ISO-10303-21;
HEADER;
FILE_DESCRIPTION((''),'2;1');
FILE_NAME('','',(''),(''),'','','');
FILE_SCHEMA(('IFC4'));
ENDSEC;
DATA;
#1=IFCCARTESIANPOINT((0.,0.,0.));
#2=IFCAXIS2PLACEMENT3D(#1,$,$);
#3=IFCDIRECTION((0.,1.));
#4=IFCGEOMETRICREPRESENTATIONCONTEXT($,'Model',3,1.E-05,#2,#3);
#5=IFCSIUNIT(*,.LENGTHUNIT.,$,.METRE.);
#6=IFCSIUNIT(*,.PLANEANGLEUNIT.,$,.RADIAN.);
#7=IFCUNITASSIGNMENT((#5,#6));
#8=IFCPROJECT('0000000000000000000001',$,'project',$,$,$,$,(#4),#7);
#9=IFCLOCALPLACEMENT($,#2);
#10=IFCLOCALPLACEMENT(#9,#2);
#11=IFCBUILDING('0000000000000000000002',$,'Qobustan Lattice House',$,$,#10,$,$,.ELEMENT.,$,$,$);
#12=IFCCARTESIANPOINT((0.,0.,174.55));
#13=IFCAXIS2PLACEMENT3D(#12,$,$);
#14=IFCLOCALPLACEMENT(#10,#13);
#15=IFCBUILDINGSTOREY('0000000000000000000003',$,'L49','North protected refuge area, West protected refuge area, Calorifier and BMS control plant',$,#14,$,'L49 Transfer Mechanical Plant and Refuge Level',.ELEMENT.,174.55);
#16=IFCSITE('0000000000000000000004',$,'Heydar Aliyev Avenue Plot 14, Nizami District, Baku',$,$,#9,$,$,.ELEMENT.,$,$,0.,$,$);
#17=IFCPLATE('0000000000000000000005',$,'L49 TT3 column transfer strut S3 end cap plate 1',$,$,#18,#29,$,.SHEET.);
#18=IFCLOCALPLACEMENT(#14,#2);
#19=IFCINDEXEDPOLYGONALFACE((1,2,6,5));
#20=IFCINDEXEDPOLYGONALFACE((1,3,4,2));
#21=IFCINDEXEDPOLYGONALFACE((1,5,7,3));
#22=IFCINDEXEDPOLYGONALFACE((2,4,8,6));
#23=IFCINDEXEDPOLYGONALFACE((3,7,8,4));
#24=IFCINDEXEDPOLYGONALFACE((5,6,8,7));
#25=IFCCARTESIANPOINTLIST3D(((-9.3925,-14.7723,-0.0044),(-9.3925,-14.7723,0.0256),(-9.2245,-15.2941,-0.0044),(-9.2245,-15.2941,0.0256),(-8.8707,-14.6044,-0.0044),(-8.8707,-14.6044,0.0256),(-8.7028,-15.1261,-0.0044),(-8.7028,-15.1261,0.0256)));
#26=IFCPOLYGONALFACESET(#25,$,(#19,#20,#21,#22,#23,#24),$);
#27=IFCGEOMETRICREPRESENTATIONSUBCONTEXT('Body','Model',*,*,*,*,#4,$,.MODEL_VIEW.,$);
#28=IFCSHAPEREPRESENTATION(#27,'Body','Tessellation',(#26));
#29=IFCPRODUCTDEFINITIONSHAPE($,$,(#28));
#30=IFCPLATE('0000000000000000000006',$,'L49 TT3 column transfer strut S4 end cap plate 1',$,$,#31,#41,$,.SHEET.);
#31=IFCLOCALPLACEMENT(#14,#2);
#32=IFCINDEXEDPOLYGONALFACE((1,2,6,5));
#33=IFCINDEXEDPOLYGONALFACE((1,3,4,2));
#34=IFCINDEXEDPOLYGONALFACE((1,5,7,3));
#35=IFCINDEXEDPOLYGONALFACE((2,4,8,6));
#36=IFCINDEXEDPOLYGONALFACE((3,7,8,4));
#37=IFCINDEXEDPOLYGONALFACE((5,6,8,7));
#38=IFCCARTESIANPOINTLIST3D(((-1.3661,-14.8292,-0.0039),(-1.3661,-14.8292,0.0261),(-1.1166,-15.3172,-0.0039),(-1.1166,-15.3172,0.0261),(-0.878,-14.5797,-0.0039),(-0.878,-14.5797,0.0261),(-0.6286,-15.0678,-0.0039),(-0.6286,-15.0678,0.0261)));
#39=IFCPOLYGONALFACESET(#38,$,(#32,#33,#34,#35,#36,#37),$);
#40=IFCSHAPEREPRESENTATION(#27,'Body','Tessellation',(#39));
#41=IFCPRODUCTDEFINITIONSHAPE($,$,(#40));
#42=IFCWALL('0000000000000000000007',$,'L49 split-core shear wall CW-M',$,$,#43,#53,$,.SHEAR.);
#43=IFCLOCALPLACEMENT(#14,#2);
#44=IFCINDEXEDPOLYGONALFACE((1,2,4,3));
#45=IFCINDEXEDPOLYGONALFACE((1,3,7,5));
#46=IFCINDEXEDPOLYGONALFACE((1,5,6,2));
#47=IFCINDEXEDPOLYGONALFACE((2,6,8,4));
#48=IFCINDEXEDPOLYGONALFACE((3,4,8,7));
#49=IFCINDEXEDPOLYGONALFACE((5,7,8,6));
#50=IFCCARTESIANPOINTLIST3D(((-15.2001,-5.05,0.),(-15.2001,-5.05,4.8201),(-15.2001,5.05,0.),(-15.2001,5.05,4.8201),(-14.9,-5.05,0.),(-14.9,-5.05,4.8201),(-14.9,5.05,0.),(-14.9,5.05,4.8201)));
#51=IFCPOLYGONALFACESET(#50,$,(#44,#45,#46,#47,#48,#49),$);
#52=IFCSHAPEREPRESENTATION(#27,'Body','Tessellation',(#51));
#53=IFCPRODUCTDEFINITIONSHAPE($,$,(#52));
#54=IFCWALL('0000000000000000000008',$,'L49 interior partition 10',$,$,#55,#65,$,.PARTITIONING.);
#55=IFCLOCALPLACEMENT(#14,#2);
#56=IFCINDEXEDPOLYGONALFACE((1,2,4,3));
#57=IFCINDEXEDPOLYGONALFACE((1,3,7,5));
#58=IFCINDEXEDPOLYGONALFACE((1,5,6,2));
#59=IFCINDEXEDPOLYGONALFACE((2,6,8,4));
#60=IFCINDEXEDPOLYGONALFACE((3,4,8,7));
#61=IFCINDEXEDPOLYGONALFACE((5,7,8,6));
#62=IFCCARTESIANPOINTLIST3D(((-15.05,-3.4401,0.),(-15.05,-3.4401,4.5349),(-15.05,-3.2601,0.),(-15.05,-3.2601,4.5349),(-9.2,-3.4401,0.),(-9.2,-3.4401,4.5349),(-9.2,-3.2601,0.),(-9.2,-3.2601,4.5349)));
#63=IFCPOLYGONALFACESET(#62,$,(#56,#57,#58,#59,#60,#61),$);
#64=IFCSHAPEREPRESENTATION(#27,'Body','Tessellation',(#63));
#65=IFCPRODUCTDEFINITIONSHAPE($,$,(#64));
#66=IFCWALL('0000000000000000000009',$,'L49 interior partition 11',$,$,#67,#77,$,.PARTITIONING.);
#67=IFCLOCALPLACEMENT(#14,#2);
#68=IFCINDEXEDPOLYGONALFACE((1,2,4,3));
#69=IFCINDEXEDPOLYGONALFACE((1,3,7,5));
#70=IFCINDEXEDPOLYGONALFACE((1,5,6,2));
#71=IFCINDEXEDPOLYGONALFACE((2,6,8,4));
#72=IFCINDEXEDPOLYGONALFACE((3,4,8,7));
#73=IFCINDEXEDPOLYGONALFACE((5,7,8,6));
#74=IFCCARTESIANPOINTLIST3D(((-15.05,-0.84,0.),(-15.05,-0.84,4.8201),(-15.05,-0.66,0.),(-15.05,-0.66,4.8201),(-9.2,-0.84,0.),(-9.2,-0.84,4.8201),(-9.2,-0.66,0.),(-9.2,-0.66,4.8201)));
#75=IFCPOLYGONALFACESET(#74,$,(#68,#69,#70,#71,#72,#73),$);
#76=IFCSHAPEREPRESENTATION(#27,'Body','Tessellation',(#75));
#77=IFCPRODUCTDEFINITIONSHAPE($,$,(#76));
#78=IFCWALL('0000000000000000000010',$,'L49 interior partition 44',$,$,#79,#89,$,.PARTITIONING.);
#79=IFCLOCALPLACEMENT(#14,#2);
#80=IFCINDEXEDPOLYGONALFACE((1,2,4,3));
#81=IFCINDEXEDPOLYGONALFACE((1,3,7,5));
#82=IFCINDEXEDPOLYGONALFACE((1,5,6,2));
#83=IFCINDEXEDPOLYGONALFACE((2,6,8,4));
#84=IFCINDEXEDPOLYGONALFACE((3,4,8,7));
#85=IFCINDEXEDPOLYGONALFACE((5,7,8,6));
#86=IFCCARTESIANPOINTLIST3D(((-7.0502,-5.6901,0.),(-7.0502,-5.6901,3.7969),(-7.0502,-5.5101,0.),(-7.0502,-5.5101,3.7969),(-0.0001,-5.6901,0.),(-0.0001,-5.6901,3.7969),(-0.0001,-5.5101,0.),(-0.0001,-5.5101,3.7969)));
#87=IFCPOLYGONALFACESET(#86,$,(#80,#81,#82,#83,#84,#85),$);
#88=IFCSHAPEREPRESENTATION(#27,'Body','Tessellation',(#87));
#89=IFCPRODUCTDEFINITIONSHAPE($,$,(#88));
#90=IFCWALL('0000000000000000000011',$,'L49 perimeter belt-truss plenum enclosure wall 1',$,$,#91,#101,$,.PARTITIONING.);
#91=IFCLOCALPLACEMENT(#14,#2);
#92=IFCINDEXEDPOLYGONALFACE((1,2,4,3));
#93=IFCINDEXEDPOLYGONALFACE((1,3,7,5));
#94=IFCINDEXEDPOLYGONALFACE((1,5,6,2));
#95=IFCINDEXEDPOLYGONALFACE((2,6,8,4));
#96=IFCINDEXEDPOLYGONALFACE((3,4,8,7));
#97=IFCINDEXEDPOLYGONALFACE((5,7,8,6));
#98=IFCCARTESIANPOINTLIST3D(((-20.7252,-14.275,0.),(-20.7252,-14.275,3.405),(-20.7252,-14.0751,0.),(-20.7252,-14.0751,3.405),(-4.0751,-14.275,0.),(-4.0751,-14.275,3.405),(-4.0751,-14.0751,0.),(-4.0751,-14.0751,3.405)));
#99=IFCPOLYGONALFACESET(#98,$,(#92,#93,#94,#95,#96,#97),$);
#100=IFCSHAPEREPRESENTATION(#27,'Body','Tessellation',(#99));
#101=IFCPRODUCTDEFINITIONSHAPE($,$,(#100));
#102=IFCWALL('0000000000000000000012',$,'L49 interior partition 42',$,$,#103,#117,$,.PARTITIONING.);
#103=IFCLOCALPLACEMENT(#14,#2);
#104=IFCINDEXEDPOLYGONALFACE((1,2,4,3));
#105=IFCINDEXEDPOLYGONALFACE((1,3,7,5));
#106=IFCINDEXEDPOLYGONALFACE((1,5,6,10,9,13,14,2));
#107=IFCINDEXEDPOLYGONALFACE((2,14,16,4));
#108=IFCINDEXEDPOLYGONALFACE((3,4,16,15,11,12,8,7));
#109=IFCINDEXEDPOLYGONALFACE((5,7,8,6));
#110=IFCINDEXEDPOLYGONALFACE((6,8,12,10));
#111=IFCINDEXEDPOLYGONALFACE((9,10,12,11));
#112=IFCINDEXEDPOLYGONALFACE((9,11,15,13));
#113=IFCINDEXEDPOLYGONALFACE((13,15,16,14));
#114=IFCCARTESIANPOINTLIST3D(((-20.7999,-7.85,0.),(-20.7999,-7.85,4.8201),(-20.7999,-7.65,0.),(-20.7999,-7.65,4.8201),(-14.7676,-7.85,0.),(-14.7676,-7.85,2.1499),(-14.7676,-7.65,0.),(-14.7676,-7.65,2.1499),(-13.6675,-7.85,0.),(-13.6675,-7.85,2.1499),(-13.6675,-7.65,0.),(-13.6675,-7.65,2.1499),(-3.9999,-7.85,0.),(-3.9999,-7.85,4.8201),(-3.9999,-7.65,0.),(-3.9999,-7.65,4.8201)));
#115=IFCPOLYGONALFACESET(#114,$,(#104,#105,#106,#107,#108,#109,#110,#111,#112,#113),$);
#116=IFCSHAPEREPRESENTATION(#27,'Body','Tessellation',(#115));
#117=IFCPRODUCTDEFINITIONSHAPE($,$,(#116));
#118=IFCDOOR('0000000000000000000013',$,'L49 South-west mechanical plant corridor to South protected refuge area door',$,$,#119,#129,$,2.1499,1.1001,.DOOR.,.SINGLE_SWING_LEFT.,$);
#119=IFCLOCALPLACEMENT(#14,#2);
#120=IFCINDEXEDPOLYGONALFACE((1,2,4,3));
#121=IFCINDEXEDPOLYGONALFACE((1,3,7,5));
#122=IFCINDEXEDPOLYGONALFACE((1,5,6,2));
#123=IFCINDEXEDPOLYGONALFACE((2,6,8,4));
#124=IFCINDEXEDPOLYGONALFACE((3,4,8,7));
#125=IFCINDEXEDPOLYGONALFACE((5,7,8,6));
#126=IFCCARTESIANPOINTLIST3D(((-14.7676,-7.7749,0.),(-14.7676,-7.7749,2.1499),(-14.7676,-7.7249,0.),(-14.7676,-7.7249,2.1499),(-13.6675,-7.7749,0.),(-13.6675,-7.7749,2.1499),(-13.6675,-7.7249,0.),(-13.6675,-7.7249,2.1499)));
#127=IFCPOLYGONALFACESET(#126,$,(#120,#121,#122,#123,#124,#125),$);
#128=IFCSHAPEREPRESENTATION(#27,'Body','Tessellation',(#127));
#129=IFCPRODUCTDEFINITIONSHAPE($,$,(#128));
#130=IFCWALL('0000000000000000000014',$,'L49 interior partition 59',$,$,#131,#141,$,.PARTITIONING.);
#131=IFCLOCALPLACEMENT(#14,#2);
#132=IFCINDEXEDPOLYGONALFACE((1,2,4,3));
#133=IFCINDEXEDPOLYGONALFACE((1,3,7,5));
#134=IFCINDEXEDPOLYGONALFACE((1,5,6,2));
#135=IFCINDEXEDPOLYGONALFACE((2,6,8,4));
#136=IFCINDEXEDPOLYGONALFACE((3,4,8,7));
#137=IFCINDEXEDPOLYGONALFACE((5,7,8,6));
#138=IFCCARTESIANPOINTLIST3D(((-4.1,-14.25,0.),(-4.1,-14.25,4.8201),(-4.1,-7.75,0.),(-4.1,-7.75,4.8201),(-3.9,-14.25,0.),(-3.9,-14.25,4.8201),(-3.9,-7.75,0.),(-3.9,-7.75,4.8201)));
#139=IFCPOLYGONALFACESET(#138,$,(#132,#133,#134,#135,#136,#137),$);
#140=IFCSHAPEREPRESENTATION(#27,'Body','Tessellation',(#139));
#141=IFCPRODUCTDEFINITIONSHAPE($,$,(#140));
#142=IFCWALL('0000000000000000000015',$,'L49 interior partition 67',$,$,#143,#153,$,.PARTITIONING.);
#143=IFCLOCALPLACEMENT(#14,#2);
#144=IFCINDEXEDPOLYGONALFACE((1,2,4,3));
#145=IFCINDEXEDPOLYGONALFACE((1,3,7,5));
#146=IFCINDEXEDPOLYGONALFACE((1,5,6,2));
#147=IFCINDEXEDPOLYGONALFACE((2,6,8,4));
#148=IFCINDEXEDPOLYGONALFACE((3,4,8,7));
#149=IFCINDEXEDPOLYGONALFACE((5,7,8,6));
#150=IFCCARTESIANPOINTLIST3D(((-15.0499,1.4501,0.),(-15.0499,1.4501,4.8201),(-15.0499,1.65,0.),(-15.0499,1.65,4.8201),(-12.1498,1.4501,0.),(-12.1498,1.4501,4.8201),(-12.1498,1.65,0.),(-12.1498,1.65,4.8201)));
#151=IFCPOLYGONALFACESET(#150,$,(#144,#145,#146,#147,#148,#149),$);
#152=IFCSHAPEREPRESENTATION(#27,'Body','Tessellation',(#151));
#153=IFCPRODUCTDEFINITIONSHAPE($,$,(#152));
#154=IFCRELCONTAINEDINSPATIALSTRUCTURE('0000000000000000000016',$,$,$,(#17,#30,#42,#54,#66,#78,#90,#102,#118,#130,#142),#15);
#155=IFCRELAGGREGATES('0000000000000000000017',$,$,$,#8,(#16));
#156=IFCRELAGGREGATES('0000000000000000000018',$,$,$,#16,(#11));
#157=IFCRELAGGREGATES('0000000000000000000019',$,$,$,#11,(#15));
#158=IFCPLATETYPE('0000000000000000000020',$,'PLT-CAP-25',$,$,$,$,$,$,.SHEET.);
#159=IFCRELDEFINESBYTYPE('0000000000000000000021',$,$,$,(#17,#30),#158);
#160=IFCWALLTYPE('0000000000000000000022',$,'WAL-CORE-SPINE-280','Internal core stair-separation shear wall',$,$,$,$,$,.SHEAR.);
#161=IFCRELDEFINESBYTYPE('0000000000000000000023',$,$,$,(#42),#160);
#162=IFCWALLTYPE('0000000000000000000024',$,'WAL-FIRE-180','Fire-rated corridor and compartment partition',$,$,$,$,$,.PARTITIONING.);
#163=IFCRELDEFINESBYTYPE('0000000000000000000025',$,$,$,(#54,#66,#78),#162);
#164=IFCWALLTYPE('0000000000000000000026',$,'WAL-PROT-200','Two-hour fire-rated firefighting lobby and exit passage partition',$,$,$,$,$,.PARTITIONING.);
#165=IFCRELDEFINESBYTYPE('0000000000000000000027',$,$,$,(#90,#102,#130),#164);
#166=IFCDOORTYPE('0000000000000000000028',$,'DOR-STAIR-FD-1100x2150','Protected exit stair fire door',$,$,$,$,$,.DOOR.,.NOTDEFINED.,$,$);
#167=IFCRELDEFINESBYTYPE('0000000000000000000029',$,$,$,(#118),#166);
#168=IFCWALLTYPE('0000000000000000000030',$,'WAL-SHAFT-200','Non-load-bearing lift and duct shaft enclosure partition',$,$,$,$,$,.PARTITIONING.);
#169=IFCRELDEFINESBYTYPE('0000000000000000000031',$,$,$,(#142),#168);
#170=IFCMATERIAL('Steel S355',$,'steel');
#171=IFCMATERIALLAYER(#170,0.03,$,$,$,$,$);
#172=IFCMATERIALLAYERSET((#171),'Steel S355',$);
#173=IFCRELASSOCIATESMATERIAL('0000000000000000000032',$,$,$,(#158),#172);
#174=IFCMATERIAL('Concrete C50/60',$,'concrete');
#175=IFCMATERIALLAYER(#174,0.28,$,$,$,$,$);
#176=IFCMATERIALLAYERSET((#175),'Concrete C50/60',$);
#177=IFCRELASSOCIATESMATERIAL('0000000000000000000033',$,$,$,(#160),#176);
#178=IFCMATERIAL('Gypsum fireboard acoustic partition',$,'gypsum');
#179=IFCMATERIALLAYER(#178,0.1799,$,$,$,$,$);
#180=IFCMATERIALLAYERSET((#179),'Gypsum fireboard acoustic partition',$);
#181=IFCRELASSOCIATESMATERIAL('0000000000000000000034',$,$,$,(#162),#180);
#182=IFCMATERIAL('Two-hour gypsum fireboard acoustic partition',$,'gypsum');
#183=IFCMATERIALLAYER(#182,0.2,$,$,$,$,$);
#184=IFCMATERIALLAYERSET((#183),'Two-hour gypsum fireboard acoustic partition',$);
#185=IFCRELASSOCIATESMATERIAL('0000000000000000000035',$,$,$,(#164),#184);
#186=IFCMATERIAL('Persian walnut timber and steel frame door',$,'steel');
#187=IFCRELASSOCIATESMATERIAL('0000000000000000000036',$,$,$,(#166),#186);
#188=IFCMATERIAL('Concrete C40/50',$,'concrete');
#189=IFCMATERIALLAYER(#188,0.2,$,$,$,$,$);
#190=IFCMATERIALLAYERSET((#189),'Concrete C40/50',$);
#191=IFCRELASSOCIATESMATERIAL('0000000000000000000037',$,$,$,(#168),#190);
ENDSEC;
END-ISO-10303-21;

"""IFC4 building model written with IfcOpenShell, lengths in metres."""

from ifc_helpers import new_model, si_unit, direction, frame, frame_2d, origin, origin_2d, place, context, subcontext, project, spatial, rectangle, extrude, material, layer, layer_set, type_object, element, fill, save


model = new_model("IFC4")

# Units and contexts
model_context = context("Model", 3, precision=1e-05, world=origin(), true_north=direction((0.0, 1.0)))
body_context = subcontext(model_context, "Body", "Model", "MODEL_VIEW")
ifc_project = project(units=[si_unit("LENGTHUNIT", "METRE"), si_unit("PLANEANGLEUNIT", "RADIAN")], contexts=[model_context])

# Site, building, storey
site_placement = place(None, origin())
site = spatial("IfcSite", under=ifc_project, at=site_placement, Name="Heydar Aliyev Avenue Plot 14, Nizami District, Baku", CompositionType="ELEMENT", RefElevation=0.0)
building_placement = place(site_placement, origin())
building = spatial("IfcBuilding", under=site, at=building_placement, Name="Qobustan Lattice House", CompositionType="ELEMENT")
storey_placement = place(building_placement, frame((0.0, 0.0, 174.55)))
storey = spatial("IfcBuildingStorey", under=building, at=storey_placement, Name="L49", Description="North protected refuge area, West protected refuge area, Calorifier and BMS control plant", LongName="L49 Transfer Mechanical Plant and Refuge Level", CompositionType="ELEMENT", Elevation=174.55)

# Plates
ifc_material_1 = material(Name="Steel S355", Category="steel")
ifc_layer_1 = layer(ifc_material_1, 0.03)
ifc_layer_set_1 = layer_set([ifc_layer_1], Name="Steel S355")
plate_type = type_object("IfcPlateType", Name="PLT-CAP-25", PredefinedType="SHEET", material=ifc_layer_set_1)
for number, where, z_axis, x_axis, name in (
    (1, (-9.0476, -14.9492, -0.0044), (0.0, 0.0, 1.0), (-0.951889, -0.306443, 0.0), "L49 TT3 column transfer strut S3 end cap plate 1"),
    (2, (-0.9973, -14.9485, -0.0039), (0.0, 0.0, 1.0), (-0.890443, -0.455094, 0.0), "L49 TT3 column transfer strut S4 end cap plate 1"),
):
    element("IfcPlate", number, at=place(storey_placement, frame(where, z_axis=z_axis, x_axis=x_axis)), inside=storey, type_object=plate_type, Name=name, PredefinedType="SHEET", context=body_context, shape_type="SweptSolid", body=[
        extrude(rectangle(XDim=0.5481, YDim=0.5481, at=origin_2d()), origin(), (0.0, 0.0, 1.0), 0.03),
    ])

# Walls
ifc_material_2 = material(Name="Concrete C50/60", Category="concrete")
ifc_layer_2 = layer(ifc_material_2, 0.28)
ifc_layer_set_2 = layer_set([ifc_layer_2], Name="Concrete C50/60")
wall_type_1 = type_object("IfcWallType", Name="WAL-CORE-SPINE-280", Description="Internal core stair-separation shear wall", PredefinedType="SHEAR", material=ifc_layer_set_2)
wall_1_placement = place(storey_placement, frame((-15.05, -5.05, 0.0), z_axis=(0.0, 0.0, 1.0), x_axis=(0.0, 1.0, 0.0)))
element("IfcWall", 3, at=wall_1_placement, inside=storey, type_object=wall_type_1, Name="L49 split-core shear wall CW-M", PredefinedType="SHEAR", context=body_context, shape_type="SweptSolid", body=[
    extrude(rectangle(XDim=10.1001, YDim=0.3, at=frame_2d((5.05, 0.0))), origin(), (0.0, 0.0, 1.0), 4.8201),
])
ifc_material_3 = material(Name="Gypsum fireboard acoustic partition", Category="gypsum")
ifc_layer_3 = layer(ifc_material_3, 0.1799)
ifc_layer_set_3 = layer_set([ifc_layer_3], Name="Gypsum fireboard acoustic partition")
wall_type_2 = type_object("IfcWallType", Name="WAL-FIRE-180", Description="Fire-rated corridor and compartment partition", PredefinedType="PARTITIONING", material=ifc_layer_set_3)
wall_2_placement = place(storey_placement, frame((-15.05, -3.3501, 0.0), z_axis=(0.0, 0.0, 1.0), x_axis=(1.0, 0.0, 0.0)))
element("IfcWall", 4, at=wall_2_placement, inside=storey, type_object=wall_type_2, Name="L49 interior partition 10", PredefinedType="PARTITIONING", context=body_context, shape_type="SweptSolid", body=[
    extrude(rectangle(XDim=5.8501, YDim=0.1799, at=frame_2d((2.925, 0.0))), origin(), (0.0, 0.0, 1.0), 4.5349),
])
wall_3_placement = place(storey_placement, frame((-9.2, -0.75, 0.0), z_axis=(0.0, 0.0, 1.0), x_axis=(-1.0, 0.0, 0.0)))
element("IfcWall", 5, at=wall_3_placement, inside=storey, type_object=wall_type_2, Name="L49 interior partition 11", PredefinedType="PARTITIONING", context=body_context, shape_type="SweptSolid", body=[
    extrude(rectangle(XDim=5.8501, YDim=0.1799, at=frame_2d((2.925, 0.0))), origin(), (0.0, 0.0, 1.0), 4.8201),
])
wall_4_placement = place(storey_placement, frame((-7.05, -5.6001, 0.0), z_axis=(0.0, 0.0, 1.0), x_axis=(1.0, 0.0, 0.0)))
element("IfcWall", 6, at=wall_4_placement, inside=storey, type_object=wall_type_2, Name="L49 interior partition 44", PredefinedType="PARTITIONING", context=body_context, shape_type="SweptSolid", body=[
    extrude(rectangle(XDim=7.05, YDim=0.1799, at=frame_2d((3.5249, 0.0))), origin(), (0.0, 0.0, 1.0), 3.7969),
])
ifc_material_4 = material(Name="Two-hour gypsum fireboard acoustic partition", Category="gypsum")
ifc_layer_4 = layer(ifc_material_4, 0.2)
ifc_layer_set_4 = layer_set([ifc_layer_4], Name="Two-hour gypsum fireboard acoustic partition")
wall_type_3 = type_object("IfcWallType", Name="WAL-PROT-200", Description="Two-hour fire-rated firefighting lobby and exit passage partition", PredefinedType="PARTITIONING", material=ifc_layer_set_4)
wall_5_placement = place(storey_placement, frame((-4.075, -14.175, 0.0), z_axis=(0.0, 0.0, 1.0), x_axis=(-1.0, 0.0, 0.0)))
element("IfcWall", 7, at=wall_5_placement, inside=storey, type_object=wall_type_3, Name="L49 perimeter belt-truss plenum enclosure wall 1", PredefinedType="PARTITIONING", context=body_context, shape_type="SweptSolid", body=[
    extrude(rectangle(XDim=16.6501, YDim=0.2, at=frame_2d((8.3252, 0.0))), origin(), (0.0, 0.0, 1.0), 3.405),
])

# Wall, opening, door
wall_6_placement = place(storey_placement, frame((-4.0, -7.75, 0.0), z_axis=(0.0, 0.0, 1.0), x_axis=(-1.0, 0.0, 0.0)))
wall_6 = element("IfcWall", 8, at=wall_6_placement, inside=storey, type_object=wall_type_3, Name="L49 interior partition 42", PredefinedType="PARTITIONING", context=body_context, shape_type="SweptSolid", body=[
    extrude(rectangle(XDim=16.8, YDim=0.2, at=frame_2d((8.3999, 0.0))), origin(), (0.0, 0.0, 1.0), 4.8201),
])
opening_1_placement = place(wall_6_placement, frame((9.6675, 0.0, 0.0)))
opening_1 = element("IfcOpeningElement", 9, at=opening_1_placement, cuts=wall_6, PredefinedType="OPENING", context=body_context, shape_type="SweptSolid", body=[
    extrude(rectangle(XDim=1.1001, YDim=2.1499, at=frame_2d((0.55, 1.075))), frame((0.0, 0.1099, 0.0), z_axis=(0.0, -1.0, 0.0), x_axis=(1.0, 0.0, 0.0)), (0.0, 0.0, 1.0), 0.22),
])
ifc_material_5 = material(Name="Persian walnut timber and steel frame door", Category="steel")
door_type_1 = type_object("IfcDoorType", Name="DOR-STAIR-FD-1100x2150", Description="Protected exit stair fire door", OperationType="NOTDEFINED", PredefinedType="DOOR", material=ifc_material_5)
door_1_placement = place(opening_1_placement, origin())
door_1 = element("IfcDoor", 10, at=door_1_placement, inside=storey, type_object=door_type_1, Name="L49 South-west mechanical plant corridor to South protected refuge area door", OperationType="SINGLE_SWING_LEFT", OverallHeight=2.1499, OverallWidth=1.1001, PredefinedType="DOOR", context=body_context, shape_type="SweptSolid", body=[
    extrude(rectangle(XDim=1.1001, YDim=2.1499, at=frame_2d((0.55, 1.075))), frame((0.0, 0.0249, 0.0), z_axis=(0.0, -1.0, 0.0), x_axis=(1.0, 0.0, 0.0)), (0.0, 0.0, 1.0), 0.05),
])
fill(opening_1, door_1)

# Walls
wall_7_placement = place(storey_placement, frame((-4.0, -7.75, 0.0), z_axis=(0.0, 0.0, 1.0), x_axis=(0.0, -1.0, 0.0)))
element("IfcWall", 11, at=wall_7_placement, inside=storey, type_object=wall_type_3, Name="L49 interior partition 59", PredefinedType="PARTITIONING", context=body_context, shape_type="SweptSolid", body=[
    extrude(rectangle(XDim=6.5, YDim=0.2, at=frame_2d((3.25, 0.0))), origin(), (0.0, 0.0, 1.0), 4.8201),
])
ifc_material_6 = material(Name="Concrete C40/50", Category="concrete")
ifc_layer_5 = layer(ifc_material_6, 0.2)
ifc_layer_set_5 = layer_set([ifc_layer_5], Name="Concrete C40/50")
wall_type_4 = type_object("IfcWallType", Name="WAL-SHAFT-200", Description="Non-load-bearing lift and duct shaft enclosure partition", PredefinedType="PARTITIONING", material=ifc_layer_set_5)
wall_8_placement = place(storey_placement, frame((-15.05, 1.55, 0.0), z_axis=(0.0, 0.0, 1.0), x_axis=(1.0, 0.0, 0.0)))
element("IfcWall", 12, at=wall_8_placement, inside=storey, type_object=wall_type_4, Name="L49 interior partition 67", PredefinedType="PARTITIONING", context=body_context, shape_type="SweptSolid", body=[
    extrude(rectangle(XDim=2.9001, YDim=0.2, at=frame_2d((1.4502, 0.0))), origin(), (0.0, 0.0, 1.0), 4.8201),
])

save(model, "model.ifc")
